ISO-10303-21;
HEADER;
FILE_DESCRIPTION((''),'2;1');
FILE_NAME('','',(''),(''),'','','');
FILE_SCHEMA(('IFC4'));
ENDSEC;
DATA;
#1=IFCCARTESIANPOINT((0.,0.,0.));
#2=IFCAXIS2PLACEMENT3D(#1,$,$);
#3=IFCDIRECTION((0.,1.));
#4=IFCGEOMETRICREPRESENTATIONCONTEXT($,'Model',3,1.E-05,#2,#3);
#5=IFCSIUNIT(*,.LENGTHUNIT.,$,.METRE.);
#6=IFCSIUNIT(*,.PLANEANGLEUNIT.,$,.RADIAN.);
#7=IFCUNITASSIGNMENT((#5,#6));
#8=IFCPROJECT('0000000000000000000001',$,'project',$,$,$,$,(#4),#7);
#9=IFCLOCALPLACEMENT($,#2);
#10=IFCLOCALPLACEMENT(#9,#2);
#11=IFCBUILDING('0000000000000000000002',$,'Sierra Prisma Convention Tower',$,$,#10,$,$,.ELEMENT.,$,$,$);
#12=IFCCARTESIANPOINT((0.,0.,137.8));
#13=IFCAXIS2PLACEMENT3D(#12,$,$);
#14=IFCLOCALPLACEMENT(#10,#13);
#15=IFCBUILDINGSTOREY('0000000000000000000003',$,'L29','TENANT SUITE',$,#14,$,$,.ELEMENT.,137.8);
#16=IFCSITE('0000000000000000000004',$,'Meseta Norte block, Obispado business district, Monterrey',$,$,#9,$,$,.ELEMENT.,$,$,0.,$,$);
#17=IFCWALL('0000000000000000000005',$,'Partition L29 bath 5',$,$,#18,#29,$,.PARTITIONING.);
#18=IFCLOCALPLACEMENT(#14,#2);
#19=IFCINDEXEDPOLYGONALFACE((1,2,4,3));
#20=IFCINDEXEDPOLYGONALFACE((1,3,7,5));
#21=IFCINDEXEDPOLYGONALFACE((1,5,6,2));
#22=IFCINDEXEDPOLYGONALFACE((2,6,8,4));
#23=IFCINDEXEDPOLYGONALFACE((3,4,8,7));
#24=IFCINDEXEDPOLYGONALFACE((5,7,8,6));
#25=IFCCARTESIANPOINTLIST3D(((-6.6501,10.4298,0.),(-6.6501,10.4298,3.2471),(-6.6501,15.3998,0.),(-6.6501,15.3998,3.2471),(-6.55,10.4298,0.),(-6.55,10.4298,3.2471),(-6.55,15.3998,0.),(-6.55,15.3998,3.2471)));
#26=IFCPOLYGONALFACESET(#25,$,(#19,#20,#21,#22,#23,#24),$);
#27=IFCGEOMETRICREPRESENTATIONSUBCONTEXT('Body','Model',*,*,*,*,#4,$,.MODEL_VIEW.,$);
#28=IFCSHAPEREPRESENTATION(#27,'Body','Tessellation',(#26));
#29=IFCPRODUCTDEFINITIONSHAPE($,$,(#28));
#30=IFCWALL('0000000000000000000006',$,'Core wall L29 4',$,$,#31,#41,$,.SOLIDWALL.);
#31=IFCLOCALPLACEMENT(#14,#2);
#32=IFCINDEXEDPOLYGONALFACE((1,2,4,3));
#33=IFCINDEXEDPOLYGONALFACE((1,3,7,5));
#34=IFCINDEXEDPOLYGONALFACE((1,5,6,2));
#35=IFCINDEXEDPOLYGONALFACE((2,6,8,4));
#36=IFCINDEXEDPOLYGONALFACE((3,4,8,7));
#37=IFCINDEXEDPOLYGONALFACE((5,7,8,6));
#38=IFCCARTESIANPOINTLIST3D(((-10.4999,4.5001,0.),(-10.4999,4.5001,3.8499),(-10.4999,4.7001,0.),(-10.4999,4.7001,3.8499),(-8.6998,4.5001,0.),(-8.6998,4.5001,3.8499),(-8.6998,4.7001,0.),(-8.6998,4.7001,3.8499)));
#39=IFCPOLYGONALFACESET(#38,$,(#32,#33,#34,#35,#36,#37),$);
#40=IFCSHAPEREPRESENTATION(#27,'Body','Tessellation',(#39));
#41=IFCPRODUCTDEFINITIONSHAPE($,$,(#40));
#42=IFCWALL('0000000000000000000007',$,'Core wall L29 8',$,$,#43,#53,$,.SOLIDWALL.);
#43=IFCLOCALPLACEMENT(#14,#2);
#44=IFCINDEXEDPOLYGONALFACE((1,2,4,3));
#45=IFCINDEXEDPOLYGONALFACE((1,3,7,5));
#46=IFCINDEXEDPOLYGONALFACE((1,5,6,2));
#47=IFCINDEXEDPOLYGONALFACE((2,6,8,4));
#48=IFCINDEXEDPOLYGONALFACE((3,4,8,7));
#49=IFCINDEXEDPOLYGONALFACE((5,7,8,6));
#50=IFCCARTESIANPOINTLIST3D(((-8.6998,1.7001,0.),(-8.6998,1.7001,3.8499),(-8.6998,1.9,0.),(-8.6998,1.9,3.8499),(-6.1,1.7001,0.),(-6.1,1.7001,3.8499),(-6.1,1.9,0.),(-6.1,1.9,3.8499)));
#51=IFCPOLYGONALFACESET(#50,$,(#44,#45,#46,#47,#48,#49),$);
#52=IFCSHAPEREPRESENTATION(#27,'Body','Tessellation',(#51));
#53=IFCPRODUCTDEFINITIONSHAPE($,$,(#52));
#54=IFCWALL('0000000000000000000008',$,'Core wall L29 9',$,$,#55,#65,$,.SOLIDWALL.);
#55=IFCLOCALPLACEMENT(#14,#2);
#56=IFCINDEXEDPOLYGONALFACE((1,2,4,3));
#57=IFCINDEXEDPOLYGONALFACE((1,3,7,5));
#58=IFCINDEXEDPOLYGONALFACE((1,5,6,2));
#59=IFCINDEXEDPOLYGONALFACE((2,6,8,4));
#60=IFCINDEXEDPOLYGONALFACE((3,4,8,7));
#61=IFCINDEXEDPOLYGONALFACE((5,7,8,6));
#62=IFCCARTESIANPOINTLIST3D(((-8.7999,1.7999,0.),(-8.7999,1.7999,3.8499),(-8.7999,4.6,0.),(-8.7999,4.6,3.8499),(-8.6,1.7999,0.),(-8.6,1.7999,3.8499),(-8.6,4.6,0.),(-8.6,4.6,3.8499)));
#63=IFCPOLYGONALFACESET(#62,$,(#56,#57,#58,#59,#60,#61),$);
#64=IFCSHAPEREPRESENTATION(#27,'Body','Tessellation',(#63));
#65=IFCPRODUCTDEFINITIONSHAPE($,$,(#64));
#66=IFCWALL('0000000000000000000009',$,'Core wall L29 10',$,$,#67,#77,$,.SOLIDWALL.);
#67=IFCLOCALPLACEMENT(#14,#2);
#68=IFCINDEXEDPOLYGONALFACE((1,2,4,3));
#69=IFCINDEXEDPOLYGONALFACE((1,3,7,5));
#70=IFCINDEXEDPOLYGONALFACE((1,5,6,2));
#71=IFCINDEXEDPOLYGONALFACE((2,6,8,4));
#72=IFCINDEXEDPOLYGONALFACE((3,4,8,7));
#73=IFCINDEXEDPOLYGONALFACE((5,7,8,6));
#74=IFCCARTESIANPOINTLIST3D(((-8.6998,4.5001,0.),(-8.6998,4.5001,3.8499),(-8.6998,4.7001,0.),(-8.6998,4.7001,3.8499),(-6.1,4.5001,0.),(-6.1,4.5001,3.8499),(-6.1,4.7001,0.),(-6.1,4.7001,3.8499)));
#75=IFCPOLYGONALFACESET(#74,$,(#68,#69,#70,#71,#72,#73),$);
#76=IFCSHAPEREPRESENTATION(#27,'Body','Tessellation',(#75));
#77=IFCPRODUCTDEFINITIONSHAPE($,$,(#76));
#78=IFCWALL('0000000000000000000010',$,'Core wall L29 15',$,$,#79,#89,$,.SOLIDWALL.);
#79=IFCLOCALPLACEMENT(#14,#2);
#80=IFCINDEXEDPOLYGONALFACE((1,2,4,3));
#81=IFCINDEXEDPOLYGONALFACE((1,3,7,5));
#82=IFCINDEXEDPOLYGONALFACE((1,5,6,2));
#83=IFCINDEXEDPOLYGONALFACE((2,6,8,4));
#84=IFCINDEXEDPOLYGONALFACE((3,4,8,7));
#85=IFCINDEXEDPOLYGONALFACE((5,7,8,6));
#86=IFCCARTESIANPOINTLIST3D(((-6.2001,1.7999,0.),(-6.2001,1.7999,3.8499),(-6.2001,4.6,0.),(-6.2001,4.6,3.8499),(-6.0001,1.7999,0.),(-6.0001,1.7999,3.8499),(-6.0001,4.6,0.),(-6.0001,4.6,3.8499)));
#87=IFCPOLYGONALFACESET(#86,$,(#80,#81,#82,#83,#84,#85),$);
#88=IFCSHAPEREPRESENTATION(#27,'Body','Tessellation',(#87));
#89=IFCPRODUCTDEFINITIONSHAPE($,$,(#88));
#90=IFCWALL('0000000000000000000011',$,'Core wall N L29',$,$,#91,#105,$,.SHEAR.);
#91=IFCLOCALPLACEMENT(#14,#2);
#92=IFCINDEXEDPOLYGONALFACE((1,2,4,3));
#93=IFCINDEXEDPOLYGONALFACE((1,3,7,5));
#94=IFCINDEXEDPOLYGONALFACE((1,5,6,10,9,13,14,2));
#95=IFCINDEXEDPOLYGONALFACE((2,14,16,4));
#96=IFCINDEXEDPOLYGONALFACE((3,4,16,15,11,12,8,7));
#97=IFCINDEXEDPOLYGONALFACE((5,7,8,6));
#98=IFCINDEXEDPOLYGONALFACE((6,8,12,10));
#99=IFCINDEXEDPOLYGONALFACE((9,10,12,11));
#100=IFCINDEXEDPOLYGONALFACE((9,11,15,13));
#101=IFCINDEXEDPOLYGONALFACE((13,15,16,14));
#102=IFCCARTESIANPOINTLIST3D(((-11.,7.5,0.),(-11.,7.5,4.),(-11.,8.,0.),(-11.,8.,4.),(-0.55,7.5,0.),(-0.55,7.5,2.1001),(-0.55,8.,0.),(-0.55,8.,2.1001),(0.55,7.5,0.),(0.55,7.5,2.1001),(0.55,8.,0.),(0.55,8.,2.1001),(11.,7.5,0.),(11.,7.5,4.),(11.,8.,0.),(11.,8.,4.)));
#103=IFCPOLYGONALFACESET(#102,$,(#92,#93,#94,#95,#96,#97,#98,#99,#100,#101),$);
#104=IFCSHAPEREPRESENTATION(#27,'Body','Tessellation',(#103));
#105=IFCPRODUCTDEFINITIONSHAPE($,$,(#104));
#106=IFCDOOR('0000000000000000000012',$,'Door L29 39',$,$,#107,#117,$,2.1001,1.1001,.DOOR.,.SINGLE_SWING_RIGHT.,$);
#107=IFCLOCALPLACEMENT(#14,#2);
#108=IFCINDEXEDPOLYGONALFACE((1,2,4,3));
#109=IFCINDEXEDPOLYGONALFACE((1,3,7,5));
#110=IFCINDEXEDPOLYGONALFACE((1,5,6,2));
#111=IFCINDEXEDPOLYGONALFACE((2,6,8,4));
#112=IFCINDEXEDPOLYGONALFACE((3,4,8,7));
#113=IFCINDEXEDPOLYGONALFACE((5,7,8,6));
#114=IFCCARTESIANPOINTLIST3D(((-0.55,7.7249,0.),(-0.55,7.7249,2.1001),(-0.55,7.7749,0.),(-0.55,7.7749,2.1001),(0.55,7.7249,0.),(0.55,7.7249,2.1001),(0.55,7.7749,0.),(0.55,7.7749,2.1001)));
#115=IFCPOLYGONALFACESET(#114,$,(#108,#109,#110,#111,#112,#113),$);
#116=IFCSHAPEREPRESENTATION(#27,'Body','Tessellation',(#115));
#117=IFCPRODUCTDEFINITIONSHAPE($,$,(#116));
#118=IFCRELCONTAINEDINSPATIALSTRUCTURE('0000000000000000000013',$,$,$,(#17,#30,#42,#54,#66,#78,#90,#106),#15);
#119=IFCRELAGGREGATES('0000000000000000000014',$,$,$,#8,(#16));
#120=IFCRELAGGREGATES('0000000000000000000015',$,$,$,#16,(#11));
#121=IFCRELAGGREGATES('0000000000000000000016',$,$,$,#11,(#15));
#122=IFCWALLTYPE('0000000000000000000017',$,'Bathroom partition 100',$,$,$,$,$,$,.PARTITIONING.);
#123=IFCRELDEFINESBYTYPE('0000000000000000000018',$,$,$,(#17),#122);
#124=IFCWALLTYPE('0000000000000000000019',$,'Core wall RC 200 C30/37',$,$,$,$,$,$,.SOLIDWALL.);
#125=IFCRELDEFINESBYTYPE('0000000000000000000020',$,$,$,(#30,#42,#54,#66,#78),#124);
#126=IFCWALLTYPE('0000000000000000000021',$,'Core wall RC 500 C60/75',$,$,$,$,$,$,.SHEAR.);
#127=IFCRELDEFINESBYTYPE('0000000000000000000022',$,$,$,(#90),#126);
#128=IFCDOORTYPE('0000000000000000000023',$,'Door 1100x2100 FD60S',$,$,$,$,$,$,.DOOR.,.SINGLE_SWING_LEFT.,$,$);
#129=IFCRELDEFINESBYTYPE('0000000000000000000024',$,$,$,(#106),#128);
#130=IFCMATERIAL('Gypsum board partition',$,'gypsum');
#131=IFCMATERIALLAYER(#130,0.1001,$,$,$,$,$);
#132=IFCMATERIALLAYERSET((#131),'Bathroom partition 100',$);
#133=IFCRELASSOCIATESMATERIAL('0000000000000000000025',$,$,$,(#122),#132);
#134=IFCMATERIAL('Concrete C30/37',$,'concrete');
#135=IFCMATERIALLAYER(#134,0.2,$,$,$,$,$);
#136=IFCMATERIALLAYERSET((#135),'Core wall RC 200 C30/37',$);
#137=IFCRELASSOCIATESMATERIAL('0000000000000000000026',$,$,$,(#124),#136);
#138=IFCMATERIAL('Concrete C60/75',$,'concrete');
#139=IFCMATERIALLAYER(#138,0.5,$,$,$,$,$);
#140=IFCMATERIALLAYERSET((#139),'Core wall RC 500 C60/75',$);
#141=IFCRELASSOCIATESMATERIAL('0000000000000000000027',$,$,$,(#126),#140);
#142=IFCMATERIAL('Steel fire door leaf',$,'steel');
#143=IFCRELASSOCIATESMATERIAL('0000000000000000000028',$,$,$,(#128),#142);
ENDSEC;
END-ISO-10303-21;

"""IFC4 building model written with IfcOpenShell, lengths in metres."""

from ifc_helpers import new_model, si_unit, direction, frame, frame_2d, origin, place, context, subcontext, project, spatial, rectangle, extrude, material, layer, layer_set, type_object, element, fill, save


model = new_model("IFC4")

# Units and contexts
model_context = context("Model", 3, precision=1e-05, world=origin(), true_north=direction((0.0, 1.0)))
body_context = subcontext(model_context, "Body", "Model", "MODEL_VIEW")
ifc_project = project(units=[si_unit("LENGTHUNIT", "METRE"), si_unit("PLANEANGLEUNIT", "RADIAN")], contexts=[model_context])

# Site, building, storey
site_placement = place(None, origin())
site = spatial("IfcSite", under=ifc_project, at=site_placement, Name="Meseta Norte block, Obispado business district, Monterrey", CompositionType="ELEMENT", RefElevation=0.0)
building_placement = place(site_placement, origin())
building = spatial("IfcBuilding", under=site, at=building_placement, Name="Sierra Prisma Convention Tower", CompositionType="ELEMENT")
storey_placement = place(building_placement, frame((0.0, 0.0, 137.8)))
storey = spatial("IfcBuildingStorey", under=building, at=storey_placement, Name="L29", Description="TENANT SUITE", CompositionType="ELEMENT", Elevation=137.8)

# Wall
ifc_material_1 = material(Name="Gypsum board partition", Category="gypsum")
ifc_layer_1 = layer(ifc_material_1, 0.1001)
ifc_layer_set_1 = layer_set([ifc_layer_1], Name="Bathroom partition 100")
wall_type_1 = type_object("IfcWallType", Name="Bathroom partition 100", PredefinedType="PARTITIONING", material=ifc_layer_set_1)
wall_1_placement = place(storey_placement, frame((-6.6001, 10.4299, 0.0), z_axis=(0.0, 0.0, 1.0), x_axis=(0.0, 1.0, 0.0)))
element("IfcWall", 1, at=wall_1_placement, inside=storey, type_object=wall_type_1, Name="Partition L29 bath 5", PredefinedType="PARTITIONING", context=body_context, shape_type="SweptSolid", body=[
    extrude(rectangle(XDim=4.97, YDim=0.1001, at=frame_2d((2.4849, 0.0))), origin(), (0.0, 0.0, 1.0), 3.2471),
])

# Shared definitions
ifc_material_2 = material(Name="Concrete C30/37", Category="concrete")
ifc_layer_2 = layer(ifc_material_2, 0.2)
ifc_layer_set_2 = layer_set([ifc_layer_2], Name="Core wall RC 200 C30/37")
wall_type_2 = type_object("IfcWallType", Name="Core wall RC 200 C30/37", PredefinedType="SOLIDWALL", material=ifc_layer_set_2)

# Wall
wall_2_placement = place(storey_placement, frame((-8.7, 4.6001, 0.0), z_axis=(0.0, 0.0, 1.0), x_axis=(-1.0, 0.0, 0.0)))
element("IfcWall", 2, at=wall_2_placement, inside=storey, type_object=wall_type_2, Name="Core wall L29 4", PredefinedType="SOLIDWALL", context=body_context, shape_type="SweptSolid", body=[
    extrude(rectangle(XDim=1.8, YDim=0.2, at=frame_2d((0.8999, 0.0))), origin(), (0.0, 0.0, 1.0), 3.8499),
])

# Walls
wall_3_placement = place(storey_placement, frame((-6.1001, 1.8, 0.0), z_axis=(0.0, 0.0, 1.0), x_axis=(-1.0, 0.0, 0.0)))
element("IfcWall", 3, at=wall_3_placement, inside=storey, type_object=wall_type_2, Name="Core wall L29 8", PredefinedType="SOLIDWALL", context=body_context, shape_type="SweptSolid", body=[
    extrude(rectangle(XDim=2.5999, YDim=0.2, at=frame_2d((1.2998, 0.0))), origin(), (0.0, 0.0, 1.0), 3.8499),
])
wall_4_placement = place(storey_placement, frame((-8.7, 1.8, 0.0), z_axis=(0.0, 0.0, 1.0), x_axis=(0.0, 1.0, 0.0)))
element("IfcWall", 4, at=wall_4_placement, inside=storey, type_object=wall_type_2, Name="Core wall L29 9", PredefinedType="SOLIDWALL", context=body_context, shape_type="SweptSolid", body=[
    extrude(rectangle(XDim=2.8, YDim=0.2, at=frame_2d((1.3999, 0.0))), origin(), (0.0, 0.0, 1.0), 3.8499),
])
wall_5_placement = place(storey_placement, frame((-6.1001, 4.6001, 0.0), z_axis=(0.0, 0.0, 1.0), x_axis=(-1.0, 0.0, 0.0)))
element("IfcWall", 5, at=wall_5_placement, inside=storey, type_object=wall_type_2, Name="Core wall L29 10", PredefinedType="SOLIDWALL", context=body_context, shape_type="SweptSolid", body=[
    extrude(rectangle(XDim=2.5999, YDim=0.2, at=frame_2d((1.2998, 0.0))), origin(), (0.0, 0.0, 1.0), 3.8499),
])

# Wall
wall_6_placement = place(storey_placement, frame((-6.1001, 1.8, 0.0), z_axis=(0.0, 0.0, 1.0), x_axis=(0.0, 1.0, 0.0)))
element("IfcWall", 6, at=wall_6_placement, inside=storey, type_object=wall_type_2, Name="Core wall L29 15", PredefinedType="SOLIDWALL", context=body_context, shape_type="SweptSolid", body=[
    extrude(rectangle(XDim=2.8, YDim=0.2, at=frame_2d((1.3999, 0.0))), origin(), (0.0, 0.0, 1.0), 3.8499),
])

# Wall, opening, door
ifc_material_3 = material(Name="Concrete C60/75", Category="concrete")
ifc_layer_3 = layer(ifc_material_3, 0.5)
ifc_layer_set_3 = layer_set([ifc_layer_3], Name="Core wall RC 500 C60/75")
wall_type_3 = type_object("IfcWallType", Name="Core wall RC 500 C60/75", PredefinedType="SHEAR", material=ifc_layer_set_3)
wall_7_placement = place(storey_placement, frame((-11.0, 7.75, 0.0), z_axis=(0.0, 0.0, 1.0), x_axis=(1.0, 0.0, 0.0)))
wall_7 = element("IfcWall", 7, at=wall_7_placement, inside=storey, type_object=wall_type_3, Name="Core wall N L29", PredefinedType="SHEAR", context=body_context, shape_type="SweptSolid", body=[
    extrude(rectangle(XDim=22.0, YDim=0.5, at=frame_2d((11.0, 0.0))), origin(), (0.0, 0.0, 1.0), 4.0),
])
opening_1_placement = place(wall_7_placement, frame((10.45, 0.0, 0.0)))
opening_1 = element("IfcOpeningElement", 8, at=opening_1_placement, cuts=wall_7, PredefinedType="OPENING", context=body_context, shape_type="SweptSolid", body=[
    extrude(rectangle(XDim=1.1001, YDim=2.1001, at=frame_2d((0.55, 1.05))), frame((0.0, 0.25, 0.0), z_axis=(0.0, -1.0, 0.0), x_axis=(1.0, 0.0, 0.0)), (0.0, 0.0, 1.0), 0.5),
])
ifc_material_4 = material(Name="Steel fire door leaf", Category="steel")
door_type_1 = type_object("IfcDoorType", Name="Door 1100x2100 FD60S", OperationType="SINGLE_SWING_LEFT", PredefinedType="DOOR", material=ifc_material_4)
door_1_placement = place(opening_1_placement, origin())
door_1 = element("IfcDoor", 9, at=door_1_placement, inside=storey, type_object=door_type_1, Name="Door L29 39", OperationType="SINGLE_SWING_RIGHT", OverallHeight=2.1001, OverallWidth=1.1001, PredefinedType="DOOR", context=body_context, shape_type="SweptSolid", body=[
    extrude(rectangle(XDim=1.1001, YDim=2.1001, at=frame_2d((0.55, 1.05))), frame((0.0, 0.0249, 0.0), z_axis=(0.0, -1.0, 0.0), x_axis=(1.0, 0.0, 0.0)), (0.0, 0.0, 1.0), 0.05),
])
fill(opening_1, door_1)

save(model, "model.ifc")
